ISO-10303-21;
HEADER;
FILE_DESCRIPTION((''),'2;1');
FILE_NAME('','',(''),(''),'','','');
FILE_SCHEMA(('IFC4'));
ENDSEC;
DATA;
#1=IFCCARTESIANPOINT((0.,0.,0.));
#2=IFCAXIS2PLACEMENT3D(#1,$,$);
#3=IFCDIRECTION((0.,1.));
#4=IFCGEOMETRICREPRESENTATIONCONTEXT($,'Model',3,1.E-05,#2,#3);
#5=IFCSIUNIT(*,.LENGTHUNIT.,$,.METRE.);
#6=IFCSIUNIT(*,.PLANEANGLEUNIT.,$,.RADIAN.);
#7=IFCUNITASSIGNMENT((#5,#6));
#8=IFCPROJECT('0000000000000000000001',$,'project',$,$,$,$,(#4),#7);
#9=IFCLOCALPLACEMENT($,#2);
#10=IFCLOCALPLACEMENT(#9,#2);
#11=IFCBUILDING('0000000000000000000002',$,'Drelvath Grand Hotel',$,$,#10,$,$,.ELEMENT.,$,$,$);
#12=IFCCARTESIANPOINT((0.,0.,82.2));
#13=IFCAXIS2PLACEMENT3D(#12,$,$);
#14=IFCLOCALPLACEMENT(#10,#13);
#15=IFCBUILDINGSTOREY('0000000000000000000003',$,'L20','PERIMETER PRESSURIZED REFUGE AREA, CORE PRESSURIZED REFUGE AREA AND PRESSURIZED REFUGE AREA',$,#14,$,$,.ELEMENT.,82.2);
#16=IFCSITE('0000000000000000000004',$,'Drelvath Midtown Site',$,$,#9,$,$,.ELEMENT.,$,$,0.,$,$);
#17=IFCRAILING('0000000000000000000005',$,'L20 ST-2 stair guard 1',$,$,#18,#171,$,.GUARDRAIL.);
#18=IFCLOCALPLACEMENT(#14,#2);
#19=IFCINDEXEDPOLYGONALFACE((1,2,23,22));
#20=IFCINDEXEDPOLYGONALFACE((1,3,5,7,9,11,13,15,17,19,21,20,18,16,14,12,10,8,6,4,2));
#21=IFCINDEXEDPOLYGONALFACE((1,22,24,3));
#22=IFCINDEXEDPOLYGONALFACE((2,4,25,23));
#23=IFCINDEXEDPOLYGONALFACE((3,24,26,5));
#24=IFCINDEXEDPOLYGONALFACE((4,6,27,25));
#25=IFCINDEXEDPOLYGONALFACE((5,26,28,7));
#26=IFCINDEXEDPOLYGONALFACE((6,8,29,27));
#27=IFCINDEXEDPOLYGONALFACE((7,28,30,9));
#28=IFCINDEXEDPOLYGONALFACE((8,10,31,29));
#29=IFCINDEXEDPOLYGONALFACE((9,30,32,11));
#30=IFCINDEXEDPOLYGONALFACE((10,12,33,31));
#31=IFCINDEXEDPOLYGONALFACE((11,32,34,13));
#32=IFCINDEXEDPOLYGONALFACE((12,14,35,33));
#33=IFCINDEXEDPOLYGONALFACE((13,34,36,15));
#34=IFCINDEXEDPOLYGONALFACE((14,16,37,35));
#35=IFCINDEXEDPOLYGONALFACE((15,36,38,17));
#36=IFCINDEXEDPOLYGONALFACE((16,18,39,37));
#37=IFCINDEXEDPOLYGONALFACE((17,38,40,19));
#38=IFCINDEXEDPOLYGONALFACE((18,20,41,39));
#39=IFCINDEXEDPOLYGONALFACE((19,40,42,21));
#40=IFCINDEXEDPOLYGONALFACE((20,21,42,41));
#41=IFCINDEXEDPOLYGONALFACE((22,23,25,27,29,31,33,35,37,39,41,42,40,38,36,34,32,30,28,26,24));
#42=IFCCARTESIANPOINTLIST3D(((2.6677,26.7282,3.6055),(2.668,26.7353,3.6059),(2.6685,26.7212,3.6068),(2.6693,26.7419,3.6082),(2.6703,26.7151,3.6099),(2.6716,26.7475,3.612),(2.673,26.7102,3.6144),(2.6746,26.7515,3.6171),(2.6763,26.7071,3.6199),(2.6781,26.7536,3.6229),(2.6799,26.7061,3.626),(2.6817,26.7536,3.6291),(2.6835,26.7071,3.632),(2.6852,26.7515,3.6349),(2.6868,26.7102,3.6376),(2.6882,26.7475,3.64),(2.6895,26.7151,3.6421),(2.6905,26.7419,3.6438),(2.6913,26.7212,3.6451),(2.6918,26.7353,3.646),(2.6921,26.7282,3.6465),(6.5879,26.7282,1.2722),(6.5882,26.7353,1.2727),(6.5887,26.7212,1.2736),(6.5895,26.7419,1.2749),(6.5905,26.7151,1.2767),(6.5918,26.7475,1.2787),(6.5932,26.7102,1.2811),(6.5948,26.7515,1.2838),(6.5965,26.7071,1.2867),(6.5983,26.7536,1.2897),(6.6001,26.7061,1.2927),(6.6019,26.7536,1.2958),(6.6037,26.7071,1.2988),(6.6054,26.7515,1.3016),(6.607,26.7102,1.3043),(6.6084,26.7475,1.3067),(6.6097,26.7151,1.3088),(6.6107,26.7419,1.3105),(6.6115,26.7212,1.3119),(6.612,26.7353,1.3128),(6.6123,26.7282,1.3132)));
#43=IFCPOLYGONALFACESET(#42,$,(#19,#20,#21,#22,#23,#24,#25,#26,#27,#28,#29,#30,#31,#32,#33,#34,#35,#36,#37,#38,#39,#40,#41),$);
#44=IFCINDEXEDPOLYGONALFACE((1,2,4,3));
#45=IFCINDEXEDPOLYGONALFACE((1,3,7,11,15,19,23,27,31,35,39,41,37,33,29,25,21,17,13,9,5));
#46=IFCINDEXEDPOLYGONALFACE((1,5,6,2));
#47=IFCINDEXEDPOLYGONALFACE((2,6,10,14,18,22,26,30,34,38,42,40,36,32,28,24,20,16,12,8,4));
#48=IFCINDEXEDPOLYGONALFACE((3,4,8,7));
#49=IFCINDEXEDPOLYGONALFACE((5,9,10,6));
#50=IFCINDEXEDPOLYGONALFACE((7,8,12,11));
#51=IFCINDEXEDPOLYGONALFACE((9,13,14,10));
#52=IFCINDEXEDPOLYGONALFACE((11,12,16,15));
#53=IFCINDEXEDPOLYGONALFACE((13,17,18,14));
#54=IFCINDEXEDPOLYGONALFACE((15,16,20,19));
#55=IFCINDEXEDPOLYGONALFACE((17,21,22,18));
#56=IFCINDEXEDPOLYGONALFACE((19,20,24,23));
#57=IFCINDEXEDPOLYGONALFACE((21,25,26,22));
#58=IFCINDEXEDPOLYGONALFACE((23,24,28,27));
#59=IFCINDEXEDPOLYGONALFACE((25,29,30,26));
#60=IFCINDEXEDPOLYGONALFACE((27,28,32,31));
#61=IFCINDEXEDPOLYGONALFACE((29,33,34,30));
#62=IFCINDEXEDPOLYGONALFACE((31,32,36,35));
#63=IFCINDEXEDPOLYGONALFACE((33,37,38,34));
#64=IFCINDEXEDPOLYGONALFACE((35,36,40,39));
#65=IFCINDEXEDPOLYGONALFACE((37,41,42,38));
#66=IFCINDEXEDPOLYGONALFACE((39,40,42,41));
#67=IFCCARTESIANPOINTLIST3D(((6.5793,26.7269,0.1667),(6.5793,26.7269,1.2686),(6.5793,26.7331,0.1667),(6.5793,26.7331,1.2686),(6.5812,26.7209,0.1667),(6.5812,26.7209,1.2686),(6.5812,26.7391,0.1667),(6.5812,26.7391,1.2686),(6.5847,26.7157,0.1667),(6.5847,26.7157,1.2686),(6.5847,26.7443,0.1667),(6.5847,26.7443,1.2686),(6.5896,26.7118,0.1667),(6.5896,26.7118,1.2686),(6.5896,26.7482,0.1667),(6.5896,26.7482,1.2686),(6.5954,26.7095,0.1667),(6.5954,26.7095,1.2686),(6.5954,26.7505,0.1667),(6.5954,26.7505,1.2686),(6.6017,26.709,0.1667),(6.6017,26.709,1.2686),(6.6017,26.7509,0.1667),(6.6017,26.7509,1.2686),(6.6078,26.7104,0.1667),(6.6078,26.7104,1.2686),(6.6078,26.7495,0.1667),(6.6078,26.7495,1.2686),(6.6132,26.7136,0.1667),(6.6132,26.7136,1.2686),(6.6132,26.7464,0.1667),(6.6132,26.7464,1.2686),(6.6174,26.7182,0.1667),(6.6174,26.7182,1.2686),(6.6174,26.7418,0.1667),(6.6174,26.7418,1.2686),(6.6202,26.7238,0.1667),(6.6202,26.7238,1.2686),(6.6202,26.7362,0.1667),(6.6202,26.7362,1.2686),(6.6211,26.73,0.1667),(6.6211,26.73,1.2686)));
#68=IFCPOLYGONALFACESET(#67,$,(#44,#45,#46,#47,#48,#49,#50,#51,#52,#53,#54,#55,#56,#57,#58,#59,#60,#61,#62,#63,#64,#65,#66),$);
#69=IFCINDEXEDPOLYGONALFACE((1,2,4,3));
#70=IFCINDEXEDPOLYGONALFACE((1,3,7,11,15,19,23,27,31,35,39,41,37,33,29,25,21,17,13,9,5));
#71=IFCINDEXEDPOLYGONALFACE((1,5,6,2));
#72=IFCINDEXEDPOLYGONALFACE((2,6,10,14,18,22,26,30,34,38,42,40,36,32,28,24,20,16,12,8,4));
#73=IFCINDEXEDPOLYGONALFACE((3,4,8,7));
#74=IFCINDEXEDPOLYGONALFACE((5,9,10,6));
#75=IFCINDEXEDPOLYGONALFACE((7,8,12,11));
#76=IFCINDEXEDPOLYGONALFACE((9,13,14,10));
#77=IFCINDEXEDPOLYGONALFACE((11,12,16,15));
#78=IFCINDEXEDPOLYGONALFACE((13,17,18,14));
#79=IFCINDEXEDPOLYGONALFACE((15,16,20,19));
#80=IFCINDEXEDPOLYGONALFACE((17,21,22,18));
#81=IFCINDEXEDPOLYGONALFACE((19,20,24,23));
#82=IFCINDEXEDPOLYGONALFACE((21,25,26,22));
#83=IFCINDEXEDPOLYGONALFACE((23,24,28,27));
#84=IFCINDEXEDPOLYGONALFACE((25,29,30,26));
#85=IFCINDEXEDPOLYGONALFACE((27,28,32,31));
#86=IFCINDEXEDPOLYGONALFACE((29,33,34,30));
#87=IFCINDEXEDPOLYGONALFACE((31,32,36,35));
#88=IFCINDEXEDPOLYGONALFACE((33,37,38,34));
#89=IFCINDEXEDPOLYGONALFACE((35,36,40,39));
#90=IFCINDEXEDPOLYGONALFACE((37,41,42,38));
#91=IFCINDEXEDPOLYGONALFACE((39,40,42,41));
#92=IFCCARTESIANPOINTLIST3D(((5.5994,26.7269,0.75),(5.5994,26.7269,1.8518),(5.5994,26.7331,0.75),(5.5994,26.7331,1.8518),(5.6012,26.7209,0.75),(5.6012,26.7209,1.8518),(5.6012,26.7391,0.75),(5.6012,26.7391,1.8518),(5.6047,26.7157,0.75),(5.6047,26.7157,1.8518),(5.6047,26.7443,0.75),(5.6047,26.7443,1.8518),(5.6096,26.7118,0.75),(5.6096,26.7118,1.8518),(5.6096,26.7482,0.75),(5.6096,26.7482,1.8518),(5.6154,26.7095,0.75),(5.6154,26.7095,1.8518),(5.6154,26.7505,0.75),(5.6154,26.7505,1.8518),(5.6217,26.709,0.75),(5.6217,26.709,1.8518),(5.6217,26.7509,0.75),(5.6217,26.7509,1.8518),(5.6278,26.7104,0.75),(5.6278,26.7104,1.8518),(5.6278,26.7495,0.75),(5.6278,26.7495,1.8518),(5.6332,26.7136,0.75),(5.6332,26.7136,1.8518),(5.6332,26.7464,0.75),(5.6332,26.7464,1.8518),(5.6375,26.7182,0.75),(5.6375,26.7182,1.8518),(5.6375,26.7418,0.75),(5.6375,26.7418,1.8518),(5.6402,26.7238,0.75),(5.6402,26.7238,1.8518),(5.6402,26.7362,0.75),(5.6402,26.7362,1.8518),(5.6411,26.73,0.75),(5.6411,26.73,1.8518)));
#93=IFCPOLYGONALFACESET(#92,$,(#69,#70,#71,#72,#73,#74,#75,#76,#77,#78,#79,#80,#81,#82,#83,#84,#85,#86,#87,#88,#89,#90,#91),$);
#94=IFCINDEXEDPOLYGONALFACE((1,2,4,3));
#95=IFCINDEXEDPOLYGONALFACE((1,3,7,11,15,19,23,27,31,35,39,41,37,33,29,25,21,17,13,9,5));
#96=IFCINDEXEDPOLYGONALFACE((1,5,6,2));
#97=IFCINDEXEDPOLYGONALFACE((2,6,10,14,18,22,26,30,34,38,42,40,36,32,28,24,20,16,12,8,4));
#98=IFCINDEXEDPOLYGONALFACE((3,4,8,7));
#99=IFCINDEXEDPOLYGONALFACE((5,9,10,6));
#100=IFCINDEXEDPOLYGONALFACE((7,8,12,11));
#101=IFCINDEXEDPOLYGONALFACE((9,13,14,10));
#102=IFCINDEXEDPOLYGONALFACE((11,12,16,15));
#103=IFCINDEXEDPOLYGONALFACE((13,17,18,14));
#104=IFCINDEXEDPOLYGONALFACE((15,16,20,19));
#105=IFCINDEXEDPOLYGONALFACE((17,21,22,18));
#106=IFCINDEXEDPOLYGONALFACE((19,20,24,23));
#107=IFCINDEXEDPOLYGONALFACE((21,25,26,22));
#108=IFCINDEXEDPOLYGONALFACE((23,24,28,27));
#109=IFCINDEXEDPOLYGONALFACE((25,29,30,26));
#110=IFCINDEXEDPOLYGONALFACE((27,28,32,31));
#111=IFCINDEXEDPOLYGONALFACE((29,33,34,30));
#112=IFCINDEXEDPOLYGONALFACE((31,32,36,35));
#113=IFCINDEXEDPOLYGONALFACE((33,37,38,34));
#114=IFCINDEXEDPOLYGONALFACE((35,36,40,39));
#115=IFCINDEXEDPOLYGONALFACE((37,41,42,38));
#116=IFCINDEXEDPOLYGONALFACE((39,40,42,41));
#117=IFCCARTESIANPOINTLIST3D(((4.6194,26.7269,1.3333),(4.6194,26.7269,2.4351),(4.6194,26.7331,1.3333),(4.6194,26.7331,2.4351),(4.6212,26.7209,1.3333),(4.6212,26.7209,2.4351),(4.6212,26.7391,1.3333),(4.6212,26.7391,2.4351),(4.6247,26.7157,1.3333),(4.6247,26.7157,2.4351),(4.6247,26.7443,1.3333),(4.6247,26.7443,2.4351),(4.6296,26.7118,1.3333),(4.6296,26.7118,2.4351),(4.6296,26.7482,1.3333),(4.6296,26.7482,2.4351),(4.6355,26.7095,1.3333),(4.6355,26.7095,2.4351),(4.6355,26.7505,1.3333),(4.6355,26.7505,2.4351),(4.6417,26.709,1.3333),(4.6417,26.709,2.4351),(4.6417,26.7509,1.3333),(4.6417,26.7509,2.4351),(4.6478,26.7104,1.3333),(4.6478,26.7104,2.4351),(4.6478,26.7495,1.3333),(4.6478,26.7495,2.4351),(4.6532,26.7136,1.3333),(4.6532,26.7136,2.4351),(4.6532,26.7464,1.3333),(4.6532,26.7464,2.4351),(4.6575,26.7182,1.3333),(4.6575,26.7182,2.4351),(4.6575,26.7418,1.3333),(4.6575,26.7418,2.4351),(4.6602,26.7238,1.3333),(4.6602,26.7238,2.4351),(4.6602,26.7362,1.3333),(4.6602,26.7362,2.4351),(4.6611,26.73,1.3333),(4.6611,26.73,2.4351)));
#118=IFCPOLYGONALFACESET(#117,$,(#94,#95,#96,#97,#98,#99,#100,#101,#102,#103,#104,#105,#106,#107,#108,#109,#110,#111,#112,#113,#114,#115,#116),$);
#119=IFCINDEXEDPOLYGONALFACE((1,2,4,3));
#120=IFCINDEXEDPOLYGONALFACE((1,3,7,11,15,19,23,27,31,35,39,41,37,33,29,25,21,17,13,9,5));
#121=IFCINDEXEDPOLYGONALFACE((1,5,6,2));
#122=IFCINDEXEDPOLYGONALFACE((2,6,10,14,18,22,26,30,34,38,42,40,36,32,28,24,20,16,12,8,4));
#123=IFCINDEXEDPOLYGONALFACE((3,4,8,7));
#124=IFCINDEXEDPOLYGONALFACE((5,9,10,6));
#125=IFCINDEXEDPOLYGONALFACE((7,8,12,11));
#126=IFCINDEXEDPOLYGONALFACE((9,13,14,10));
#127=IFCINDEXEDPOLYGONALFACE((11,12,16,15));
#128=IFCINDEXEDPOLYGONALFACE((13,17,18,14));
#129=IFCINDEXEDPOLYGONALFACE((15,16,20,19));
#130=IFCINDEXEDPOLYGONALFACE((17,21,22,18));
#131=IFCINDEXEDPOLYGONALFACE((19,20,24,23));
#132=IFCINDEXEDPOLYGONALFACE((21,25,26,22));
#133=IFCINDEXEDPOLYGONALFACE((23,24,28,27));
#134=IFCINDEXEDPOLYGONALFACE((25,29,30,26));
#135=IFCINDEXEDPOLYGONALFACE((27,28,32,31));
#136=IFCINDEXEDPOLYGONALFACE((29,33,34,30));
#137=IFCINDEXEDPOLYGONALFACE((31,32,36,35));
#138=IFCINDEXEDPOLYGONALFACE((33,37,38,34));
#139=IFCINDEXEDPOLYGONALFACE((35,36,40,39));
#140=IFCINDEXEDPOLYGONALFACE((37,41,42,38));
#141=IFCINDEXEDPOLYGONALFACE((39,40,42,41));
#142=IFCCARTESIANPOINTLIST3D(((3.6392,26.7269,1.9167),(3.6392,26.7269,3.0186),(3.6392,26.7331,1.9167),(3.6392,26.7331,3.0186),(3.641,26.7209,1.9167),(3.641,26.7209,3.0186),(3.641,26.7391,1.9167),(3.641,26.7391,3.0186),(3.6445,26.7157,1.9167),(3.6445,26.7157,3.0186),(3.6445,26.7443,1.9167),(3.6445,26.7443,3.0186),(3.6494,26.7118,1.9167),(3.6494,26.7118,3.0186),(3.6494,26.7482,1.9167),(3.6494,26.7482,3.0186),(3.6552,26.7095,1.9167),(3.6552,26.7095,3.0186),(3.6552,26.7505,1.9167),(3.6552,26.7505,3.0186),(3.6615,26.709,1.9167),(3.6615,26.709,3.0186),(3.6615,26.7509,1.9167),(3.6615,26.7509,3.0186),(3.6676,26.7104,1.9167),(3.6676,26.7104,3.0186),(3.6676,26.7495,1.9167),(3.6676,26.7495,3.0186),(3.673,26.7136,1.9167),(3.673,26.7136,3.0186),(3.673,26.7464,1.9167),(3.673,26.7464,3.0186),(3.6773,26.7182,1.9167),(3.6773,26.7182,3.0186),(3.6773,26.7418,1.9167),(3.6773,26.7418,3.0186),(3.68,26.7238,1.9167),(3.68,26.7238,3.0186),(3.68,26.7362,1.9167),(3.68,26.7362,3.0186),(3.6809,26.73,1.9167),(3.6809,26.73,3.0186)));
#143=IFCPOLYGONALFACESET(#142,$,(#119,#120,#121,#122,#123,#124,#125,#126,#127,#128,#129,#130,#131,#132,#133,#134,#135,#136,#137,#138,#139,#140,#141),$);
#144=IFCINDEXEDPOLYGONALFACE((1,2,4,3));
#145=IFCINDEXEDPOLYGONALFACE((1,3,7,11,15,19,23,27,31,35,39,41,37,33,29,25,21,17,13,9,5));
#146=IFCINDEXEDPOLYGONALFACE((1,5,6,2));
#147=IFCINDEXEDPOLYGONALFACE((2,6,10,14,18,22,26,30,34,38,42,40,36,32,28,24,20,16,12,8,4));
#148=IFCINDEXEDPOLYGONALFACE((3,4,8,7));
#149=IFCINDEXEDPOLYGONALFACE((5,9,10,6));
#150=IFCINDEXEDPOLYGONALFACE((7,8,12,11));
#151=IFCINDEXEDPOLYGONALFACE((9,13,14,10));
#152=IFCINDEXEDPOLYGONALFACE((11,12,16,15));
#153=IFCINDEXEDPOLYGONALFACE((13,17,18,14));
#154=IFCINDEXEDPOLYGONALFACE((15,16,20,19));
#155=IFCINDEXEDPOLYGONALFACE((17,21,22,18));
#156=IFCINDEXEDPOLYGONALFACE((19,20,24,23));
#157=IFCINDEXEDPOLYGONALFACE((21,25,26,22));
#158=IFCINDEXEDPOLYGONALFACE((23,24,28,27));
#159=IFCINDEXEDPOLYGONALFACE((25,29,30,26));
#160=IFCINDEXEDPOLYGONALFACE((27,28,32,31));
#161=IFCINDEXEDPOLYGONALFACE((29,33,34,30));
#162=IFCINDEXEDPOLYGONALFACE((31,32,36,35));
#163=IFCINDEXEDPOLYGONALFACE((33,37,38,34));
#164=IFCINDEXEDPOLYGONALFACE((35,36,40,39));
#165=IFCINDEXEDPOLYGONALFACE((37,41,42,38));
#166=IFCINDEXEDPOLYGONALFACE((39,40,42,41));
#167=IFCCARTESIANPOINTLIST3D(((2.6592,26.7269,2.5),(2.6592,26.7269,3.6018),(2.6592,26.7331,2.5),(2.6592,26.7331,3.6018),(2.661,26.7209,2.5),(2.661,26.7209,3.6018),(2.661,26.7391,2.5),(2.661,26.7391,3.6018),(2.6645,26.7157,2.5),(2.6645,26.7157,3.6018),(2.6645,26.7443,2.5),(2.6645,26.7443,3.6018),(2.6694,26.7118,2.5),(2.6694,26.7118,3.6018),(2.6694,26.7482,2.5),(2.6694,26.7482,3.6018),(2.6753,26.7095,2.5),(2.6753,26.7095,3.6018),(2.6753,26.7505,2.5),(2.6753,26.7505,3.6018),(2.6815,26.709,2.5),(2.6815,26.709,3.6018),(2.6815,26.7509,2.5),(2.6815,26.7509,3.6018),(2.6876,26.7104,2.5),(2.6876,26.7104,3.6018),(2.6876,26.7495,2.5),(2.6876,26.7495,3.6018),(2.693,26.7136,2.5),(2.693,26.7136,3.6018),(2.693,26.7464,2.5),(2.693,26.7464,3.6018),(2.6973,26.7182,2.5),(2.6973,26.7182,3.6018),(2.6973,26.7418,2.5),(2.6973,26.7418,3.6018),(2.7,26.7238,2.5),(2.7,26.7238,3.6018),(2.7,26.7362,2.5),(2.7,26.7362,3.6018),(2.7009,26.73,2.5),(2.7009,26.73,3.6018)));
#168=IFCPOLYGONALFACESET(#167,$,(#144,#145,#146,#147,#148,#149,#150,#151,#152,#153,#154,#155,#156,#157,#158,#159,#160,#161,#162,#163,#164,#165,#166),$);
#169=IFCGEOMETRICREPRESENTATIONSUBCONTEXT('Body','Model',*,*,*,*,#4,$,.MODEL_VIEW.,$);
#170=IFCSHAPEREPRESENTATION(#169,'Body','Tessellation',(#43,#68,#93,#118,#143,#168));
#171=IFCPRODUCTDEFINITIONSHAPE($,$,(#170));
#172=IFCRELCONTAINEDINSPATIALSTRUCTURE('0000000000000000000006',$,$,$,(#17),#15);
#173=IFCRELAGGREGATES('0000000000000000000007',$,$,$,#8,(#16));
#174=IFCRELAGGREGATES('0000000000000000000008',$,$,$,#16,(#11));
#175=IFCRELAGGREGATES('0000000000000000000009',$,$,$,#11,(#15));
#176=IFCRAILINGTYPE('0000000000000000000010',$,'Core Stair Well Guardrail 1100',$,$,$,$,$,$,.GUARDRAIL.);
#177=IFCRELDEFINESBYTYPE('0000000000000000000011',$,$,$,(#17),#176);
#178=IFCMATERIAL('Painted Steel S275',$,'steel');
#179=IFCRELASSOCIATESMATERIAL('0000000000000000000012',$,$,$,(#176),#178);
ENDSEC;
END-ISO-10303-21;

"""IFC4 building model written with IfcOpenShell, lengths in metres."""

from ifc_helpers import new_model, si_unit, direction, frame, origin, origin_2d, place, context, subcontext, project, spatial, circle, extrude, material, type_object, element, save


model = new_model("IFC4")

# Units and contexts
model_context = context("Model", 3, precision=1e-05, world=origin(), true_north=direction((0.0, 1.0)))
body_context = subcontext(model_context, "Body", "Model", "MODEL_VIEW")
ifc_project = project(units=[si_unit("LENGTHUNIT", "METRE"), si_unit("PLANEANGLEUNIT", "RADIAN")], contexts=[model_context])

# Site, building, storey
site_placement = place(None, origin())
site = spatial("IfcSite", under=ifc_project, at=site_placement, Name="Drelvath Midtown Site", CompositionType="ELEMENT", RefElevation=0.0)
building_placement = place(site_placement, origin())
building = spatial("IfcBuilding", under=site, at=building_placement, Name="Drelvath Grand Hotel", CompositionType="ELEMENT")
storey_placement = place(building_placement, frame((0.0, 0.0, 82.2)))
storey = spatial("IfcBuildingStorey", under=building, at=storey_placement, Name="L20", Description="PERIMETER PRESSURIZED REFUGE AREA, CORE PRESSURIZED REFUGE AREA AND PRESSURIZED REFUGE AREA", CompositionType="ELEMENT", Elevation=82.2)

# Shared definitions
ifc_material_1 = material(Name="Painted Steel S275", Category="steel")

# Railing
railing_type_1 = type_object("IfcRailingType", Name="Core Stair Well Guardrail 1100", PredefinedType="GUARDRAIL", material=ifc_material_1)
railing_1_placement = place(storey_placement, frame((6.6001, 26.73, 0.1667)))
element("IfcRailing", 1, at=railing_1_placement, inside=storey, type_object=railing_type_1, Name="L20 ST-2 stair guard 1", PredefinedType="GUARDRAIL", context=body_context, shape_type="SweptSolid", body=[
    extrude(circle(Radius=0.0239, at=origin_2d()), frame((0.0, 0.0, 1.126), z_axis=(-0.85931, 0.0, 0.511455), x_axis=(0.0, -1.0, 0.0)), (0.0, 0.0, 1.0), 4.562),
    extrude(circle(Radius=0.021, at=origin_2d()), origin(), (0.0, 0.0, 1.0), 1.1018),
    extrude(circle(Radius=0.021, at=origin_2d()), frame((-0.98, 0.0, 0.5833)), (0.0, 0.0, 1.0), 1.1018),
    extrude(circle(Radius=0.021, at=origin_2d()), frame((-1.96, 0.0, 1.1665)), (0.0, 0.0, 1.0), 1.1018),
    extrude(circle(Radius=0.021, at=origin_2d()), frame((-2.9402, 0.0, 1.75)), (0.0, 0.0, 1.0), 1.1018),
    extrude(circle(Radius=0.021, at=origin_2d()), frame((-3.9202, 0.0, 2.3333)), (0.0, 0.0, 1.0), 1.1018),
])

save(model, "model.ifc")
